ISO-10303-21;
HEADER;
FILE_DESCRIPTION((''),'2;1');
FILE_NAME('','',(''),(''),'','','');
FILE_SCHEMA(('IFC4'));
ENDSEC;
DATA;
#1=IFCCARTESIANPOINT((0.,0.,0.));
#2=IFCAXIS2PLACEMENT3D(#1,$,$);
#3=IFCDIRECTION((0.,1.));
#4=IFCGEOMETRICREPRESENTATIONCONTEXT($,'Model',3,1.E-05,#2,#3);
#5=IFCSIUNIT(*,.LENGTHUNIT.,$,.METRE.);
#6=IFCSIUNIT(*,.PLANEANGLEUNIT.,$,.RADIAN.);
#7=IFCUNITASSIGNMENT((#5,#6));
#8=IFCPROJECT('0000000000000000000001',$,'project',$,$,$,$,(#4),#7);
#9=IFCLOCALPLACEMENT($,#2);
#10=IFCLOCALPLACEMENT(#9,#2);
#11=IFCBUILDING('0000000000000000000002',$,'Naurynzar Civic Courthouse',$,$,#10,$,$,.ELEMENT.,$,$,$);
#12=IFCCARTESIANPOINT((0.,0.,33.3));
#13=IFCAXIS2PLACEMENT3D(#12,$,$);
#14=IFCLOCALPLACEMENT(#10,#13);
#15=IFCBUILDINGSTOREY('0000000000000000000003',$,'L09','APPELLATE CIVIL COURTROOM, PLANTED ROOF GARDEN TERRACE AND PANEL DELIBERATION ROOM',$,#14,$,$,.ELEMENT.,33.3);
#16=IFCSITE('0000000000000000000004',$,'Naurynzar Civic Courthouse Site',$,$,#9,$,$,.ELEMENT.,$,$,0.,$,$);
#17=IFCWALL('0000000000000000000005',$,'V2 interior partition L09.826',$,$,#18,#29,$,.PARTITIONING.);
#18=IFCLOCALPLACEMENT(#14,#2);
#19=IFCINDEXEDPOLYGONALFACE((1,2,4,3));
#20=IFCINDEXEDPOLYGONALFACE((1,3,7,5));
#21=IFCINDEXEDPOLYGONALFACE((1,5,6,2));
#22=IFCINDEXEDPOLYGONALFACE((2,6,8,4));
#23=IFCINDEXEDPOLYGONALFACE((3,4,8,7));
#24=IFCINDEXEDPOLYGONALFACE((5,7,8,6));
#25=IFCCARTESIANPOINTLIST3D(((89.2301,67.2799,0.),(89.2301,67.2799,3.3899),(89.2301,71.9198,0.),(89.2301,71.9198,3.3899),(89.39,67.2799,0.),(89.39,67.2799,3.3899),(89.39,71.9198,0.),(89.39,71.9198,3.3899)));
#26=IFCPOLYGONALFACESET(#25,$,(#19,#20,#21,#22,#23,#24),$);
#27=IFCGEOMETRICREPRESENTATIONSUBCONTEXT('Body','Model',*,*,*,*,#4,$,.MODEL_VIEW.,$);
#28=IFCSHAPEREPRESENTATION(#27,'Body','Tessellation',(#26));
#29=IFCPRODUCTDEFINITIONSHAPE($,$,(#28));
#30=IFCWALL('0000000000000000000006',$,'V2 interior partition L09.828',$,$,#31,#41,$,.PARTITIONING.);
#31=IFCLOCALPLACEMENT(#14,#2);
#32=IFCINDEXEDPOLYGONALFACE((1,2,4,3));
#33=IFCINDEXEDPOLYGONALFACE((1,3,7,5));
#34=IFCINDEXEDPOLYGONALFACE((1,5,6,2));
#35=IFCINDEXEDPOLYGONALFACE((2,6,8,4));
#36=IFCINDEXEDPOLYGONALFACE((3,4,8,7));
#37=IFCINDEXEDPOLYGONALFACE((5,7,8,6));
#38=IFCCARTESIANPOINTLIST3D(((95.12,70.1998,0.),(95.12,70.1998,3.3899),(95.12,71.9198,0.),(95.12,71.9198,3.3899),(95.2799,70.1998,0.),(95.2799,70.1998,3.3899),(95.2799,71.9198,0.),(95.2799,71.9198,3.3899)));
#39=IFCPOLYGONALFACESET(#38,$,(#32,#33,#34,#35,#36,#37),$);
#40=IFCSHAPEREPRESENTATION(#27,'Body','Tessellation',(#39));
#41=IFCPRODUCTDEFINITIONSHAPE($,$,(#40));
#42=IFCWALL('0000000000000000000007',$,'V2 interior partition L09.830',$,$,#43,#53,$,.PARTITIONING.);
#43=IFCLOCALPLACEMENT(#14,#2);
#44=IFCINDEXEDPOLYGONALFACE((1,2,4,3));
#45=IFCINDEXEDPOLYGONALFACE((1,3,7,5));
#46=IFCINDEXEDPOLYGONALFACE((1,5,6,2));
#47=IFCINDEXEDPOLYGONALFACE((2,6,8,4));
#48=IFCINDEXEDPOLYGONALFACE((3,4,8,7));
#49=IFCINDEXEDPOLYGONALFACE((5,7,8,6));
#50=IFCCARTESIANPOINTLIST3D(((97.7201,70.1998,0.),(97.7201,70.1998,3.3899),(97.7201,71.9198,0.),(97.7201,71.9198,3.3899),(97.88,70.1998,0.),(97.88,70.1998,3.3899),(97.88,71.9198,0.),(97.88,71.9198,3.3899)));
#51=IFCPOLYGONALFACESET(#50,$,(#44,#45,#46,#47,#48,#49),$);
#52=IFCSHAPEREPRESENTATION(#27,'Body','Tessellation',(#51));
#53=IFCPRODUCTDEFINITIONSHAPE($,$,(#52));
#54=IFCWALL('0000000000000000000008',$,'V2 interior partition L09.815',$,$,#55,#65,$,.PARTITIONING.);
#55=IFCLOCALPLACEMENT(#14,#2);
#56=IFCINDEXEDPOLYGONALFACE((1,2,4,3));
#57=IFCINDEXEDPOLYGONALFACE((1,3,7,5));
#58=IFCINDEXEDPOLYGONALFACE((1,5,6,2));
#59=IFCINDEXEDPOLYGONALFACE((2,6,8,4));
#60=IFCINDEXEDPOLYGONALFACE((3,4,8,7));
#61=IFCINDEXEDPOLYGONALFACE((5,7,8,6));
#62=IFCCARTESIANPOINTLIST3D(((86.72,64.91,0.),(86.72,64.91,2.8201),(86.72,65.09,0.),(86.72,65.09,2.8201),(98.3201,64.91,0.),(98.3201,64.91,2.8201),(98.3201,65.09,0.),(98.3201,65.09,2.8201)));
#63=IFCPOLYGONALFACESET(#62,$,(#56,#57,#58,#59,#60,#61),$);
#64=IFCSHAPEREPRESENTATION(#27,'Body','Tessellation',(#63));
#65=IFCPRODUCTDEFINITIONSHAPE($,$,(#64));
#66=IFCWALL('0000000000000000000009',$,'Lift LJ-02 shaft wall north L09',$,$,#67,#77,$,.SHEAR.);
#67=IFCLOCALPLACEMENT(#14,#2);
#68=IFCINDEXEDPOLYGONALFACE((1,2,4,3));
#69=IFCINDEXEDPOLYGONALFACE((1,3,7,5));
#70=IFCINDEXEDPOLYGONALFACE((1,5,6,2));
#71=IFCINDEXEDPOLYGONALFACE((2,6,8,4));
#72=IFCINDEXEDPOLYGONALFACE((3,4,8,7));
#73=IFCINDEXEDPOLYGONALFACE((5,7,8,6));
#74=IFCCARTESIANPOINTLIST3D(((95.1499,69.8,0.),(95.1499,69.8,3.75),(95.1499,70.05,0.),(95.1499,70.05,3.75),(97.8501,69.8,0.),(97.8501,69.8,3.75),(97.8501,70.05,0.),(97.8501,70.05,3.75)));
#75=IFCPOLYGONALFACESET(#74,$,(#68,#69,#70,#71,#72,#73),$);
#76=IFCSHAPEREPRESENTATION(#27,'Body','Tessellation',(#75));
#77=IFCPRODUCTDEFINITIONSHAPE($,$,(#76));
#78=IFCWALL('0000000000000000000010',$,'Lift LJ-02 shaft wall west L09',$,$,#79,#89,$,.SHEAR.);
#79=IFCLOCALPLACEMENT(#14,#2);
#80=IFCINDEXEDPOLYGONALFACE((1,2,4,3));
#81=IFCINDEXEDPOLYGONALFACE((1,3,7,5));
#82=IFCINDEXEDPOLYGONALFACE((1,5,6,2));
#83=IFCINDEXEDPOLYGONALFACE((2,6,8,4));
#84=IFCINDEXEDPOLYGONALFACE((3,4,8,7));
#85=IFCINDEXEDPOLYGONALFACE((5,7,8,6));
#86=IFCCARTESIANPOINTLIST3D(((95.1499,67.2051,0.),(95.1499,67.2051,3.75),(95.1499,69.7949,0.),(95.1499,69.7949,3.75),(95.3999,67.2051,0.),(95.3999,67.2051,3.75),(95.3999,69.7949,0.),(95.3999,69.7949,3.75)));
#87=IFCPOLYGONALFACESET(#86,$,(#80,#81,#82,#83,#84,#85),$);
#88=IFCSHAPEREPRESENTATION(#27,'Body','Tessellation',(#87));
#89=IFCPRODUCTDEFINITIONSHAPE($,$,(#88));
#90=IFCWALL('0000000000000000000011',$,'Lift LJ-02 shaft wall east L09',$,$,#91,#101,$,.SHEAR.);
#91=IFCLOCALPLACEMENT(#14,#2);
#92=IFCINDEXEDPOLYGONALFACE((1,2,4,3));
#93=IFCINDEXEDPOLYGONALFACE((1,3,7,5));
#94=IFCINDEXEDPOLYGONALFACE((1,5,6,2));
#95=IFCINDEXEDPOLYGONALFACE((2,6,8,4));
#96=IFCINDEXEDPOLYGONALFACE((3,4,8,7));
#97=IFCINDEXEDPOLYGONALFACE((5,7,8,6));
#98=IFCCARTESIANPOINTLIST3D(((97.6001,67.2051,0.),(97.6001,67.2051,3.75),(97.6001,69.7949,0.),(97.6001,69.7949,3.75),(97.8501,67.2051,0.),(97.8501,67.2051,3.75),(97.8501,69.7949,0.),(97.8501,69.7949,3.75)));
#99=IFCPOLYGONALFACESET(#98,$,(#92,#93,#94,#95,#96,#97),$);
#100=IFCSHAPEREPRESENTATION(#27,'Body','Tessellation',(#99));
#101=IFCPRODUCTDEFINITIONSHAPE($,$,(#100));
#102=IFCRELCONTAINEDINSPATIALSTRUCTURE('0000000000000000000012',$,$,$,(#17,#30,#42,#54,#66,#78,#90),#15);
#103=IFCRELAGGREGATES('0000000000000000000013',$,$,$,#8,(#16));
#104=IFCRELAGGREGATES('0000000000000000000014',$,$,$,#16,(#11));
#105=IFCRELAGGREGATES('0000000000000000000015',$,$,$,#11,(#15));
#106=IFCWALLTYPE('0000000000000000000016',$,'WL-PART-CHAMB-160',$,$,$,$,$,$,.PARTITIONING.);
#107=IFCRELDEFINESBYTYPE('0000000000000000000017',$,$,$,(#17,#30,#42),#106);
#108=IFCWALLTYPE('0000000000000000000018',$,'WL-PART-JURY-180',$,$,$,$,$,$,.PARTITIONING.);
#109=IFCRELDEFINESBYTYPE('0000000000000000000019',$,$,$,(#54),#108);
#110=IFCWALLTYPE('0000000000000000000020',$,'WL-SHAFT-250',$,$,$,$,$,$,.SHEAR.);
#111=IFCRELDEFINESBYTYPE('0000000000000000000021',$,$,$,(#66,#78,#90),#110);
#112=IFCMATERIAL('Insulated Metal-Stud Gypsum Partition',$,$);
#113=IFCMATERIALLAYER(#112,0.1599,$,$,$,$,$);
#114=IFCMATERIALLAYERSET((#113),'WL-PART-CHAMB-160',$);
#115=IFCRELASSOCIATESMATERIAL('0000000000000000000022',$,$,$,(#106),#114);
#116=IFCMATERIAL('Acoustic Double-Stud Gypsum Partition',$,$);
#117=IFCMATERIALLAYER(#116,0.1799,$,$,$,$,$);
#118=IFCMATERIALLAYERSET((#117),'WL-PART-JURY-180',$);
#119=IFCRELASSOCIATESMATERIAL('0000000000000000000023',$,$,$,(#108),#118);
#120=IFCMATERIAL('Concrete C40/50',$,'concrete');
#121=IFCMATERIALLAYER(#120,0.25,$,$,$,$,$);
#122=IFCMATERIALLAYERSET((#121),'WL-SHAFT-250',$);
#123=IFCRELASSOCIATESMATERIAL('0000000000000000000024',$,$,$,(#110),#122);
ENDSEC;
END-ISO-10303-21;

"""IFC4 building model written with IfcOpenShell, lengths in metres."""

from ifc_helpers import new_model, si_unit, direction, frame, frame_2d, origin, place, context, subcontext, project, spatial, rectangle, extrude, material, layer, layer_set, type_object, element, save


model = new_model("IFC4")

# Units and contexts
model_context = context("Model", 3, precision=1e-05, world=origin(), true_north=direction((0.0, 1.0)))
body_context = subcontext(model_context, "Body", "Model", "MODEL_VIEW")
ifc_project = project(units=[si_unit("LENGTHUNIT", "METRE"), si_unit("PLANEANGLEUNIT", "RADIAN")], contexts=[model_context])

# Site, building, storey
site_placement = place(None, origin())
site = spatial("IfcSite", under=ifc_project, at=site_placement, Name="Naurynzar Civic Courthouse Site", CompositionType="ELEMENT", RefElevation=0.0)
building_placement = place(site_placement, origin())
building = spatial("IfcBuilding", under=site, at=building_placement, Name="Naurynzar Civic Courthouse", CompositionType="ELEMENT")
storey_placement = place(building_placement, frame((0.0, 0.0, 33.3)))
storey = spatial("IfcBuildingStorey", under=building, at=storey_placement, Name="L09", Description="APPELLATE CIVIL COURTROOM, PLANTED ROOF GARDEN TERRACE AND PANEL DELIBERATION ROOM", CompositionType="ELEMENT", Elevation=33.3)

# Shared definitions
ifc_material_1 = material(Name="Insulated Metal-Stud Gypsum Partition")
ifc_layer_1 = layer(ifc_material_1, 0.1599)
ifc_layer_set_1 = layer_set([ifc_layer_1], Name="WL-PART-CHAMB-160")
wall_type_1 = type_object("IfcWallType", Name="WL-PART-CHAMB-160", PredefinedType="PARTITIONING", material=ifc_layer_set_1)

# Walls
wall_1_placement = place(storey_placement, frame((89.3101, 67.28, 0.0), z_axis=(0.0, 0.0, 1.0), x_axis=(0.0, 1.0, 0.0)))
element("IfcWall", 1, at=wall_1_placement, inside=storey, type_object=wall_type_1, Name="V2 interior partition L09.826", PredefinedType="PARTITIONING", context=body_context, shape_type="SweptSolid", body=[
    extrude(rectangle(XDim=4.6399, YDim=0.1599, at=frame_2d((2.3198, 0.0))), origin(), (0.0, 0.0, 1.0), 3.3899),
])
for number, where, z_axis, x_axis, name in (
    (2, (95.2, 70.2, 0.0), (0.0, 0.0, 1.0), (0.0, 1.0, 0.0), "V2 interior partition L09.828"),
    (3, (97.8, 70.2, 0.0), (0.0, 0.0, 1.0), (0.0, 1.0, 0.0), "V2 interior partition L09.830"),
):
    element("IfcWall", number, at=place(storey_placement, frame(where, z_axis=z_axis, x_axis=x_axis)), inside=storey, type_object=wall_type_1, Name=name, PredefinedType="PARTITIONING", context=body_context, shape_type="SweptSolid", body=[
        extrude(rectangle(XDim=1.72, YDim=0.1599, at=frame_2d((0.8599, 0.0))), origin(), (0.0, 0.0, 1.0), 3.3899),
    ])
ifc_material_2 = material(Name="Acoustic Double-Stud Gypsum Partition")
ifc_layer_2 = layer(ifc_material_2, 0.1799)
ifc_layer_set_2 = layer_set([ifc_layer_2], Name="WL-PART-JURY-180")
wall_type_2 = type_object("IfcWallType", Name="WL-PART-JURY-180", PredefinedType="PARTITIONING", material=ifc_layer_set_2)
wall_2_placement = place(storey_placement, frame((86.72, 65.0, 0.0), z_axis=(0.0, 0.0, 1.0), x_axis=(1.0, 0.0, 0.0)))
element("IfcWall", 4, at=wall_2_placement, inside=storey, type_object=wall_type_2, Name="V2 interior partition L09.815", PredefinedType="PARTITIONING", context=body_context, shape_type="SweptSolid", body=[
    extrude(rectangle(XDim=11.6001, YDim=0.1799, at=frame_2d((5.8, 0.0))), origin(), (0.0, 0.0, 1.0), 2.8201),
])

# Shared definitions
ifc_material_3 = material(Name="Concrete C40/50", Category="concrete")
ifc_layer_3 = layer(ifc_material_3, 0.25)
ifc_layer_set_3 = layer_set([ifc_layer_3], Name="WL-SHAFT-250")
wall_type_3 = type_object("IfcWallType", Name="WL-SHAFT-250", PredefinedType="SHEAR", material=ifc_layer_set_3)

# Walls
wall_3_placement = place(storey_placement, frame((97.8501, 69.925, 0.0), z_axis=(0.0, 0.0, 1.0), x_axis=(-1.0, 0.0, 0.0)))
element("IfcWall", 5, at=wall_3_placement, inside=storey, type_object=wall_type_3, Name="Lift LJ-02 shaft wall north L09", PredefinedType="SHEAR", context=body_context, shape_type="SweptSolid", body=[
    extrude(rectangle(XDim=2.7002, YDim=0.25, at=frame_2d((1.3501, 0.0))), origin(), (0.0, 0.0, 1.0), 3.75),
])
for number, where, z_axis, x_axis, name in (
    (6, (95.2749, 69.7949, 0.0), (0.0, 0.0, 1.0), (0.0, -1.0, 0.0), "Lift LJ-02 shaft wall west L09"),
    (7, (97.7251, 67.2051, 0.0), (0.0, 0.0, 1.0), (0.0, 1.0, 0.0), "Lift LJ-02 shaft wall east L09"),
):
    element("IfcWall", number, at=place(storey_placement, frame(where, z_axis=z_axis, x_axis=x_axis)), inside=storey, type_object=wall_type_3, Name=name, PredefinedType="SHEAR", context=body_context, shape_type="SweptSolid", body=[
        extrude(rectangle(XDim=2.5898, YDim=0.25, at=frame_2d((1.2949, 0.0))), origin(), (0.0, 0.0, 1.0), 3.75),
    ])

save(model, "model.ifc")
